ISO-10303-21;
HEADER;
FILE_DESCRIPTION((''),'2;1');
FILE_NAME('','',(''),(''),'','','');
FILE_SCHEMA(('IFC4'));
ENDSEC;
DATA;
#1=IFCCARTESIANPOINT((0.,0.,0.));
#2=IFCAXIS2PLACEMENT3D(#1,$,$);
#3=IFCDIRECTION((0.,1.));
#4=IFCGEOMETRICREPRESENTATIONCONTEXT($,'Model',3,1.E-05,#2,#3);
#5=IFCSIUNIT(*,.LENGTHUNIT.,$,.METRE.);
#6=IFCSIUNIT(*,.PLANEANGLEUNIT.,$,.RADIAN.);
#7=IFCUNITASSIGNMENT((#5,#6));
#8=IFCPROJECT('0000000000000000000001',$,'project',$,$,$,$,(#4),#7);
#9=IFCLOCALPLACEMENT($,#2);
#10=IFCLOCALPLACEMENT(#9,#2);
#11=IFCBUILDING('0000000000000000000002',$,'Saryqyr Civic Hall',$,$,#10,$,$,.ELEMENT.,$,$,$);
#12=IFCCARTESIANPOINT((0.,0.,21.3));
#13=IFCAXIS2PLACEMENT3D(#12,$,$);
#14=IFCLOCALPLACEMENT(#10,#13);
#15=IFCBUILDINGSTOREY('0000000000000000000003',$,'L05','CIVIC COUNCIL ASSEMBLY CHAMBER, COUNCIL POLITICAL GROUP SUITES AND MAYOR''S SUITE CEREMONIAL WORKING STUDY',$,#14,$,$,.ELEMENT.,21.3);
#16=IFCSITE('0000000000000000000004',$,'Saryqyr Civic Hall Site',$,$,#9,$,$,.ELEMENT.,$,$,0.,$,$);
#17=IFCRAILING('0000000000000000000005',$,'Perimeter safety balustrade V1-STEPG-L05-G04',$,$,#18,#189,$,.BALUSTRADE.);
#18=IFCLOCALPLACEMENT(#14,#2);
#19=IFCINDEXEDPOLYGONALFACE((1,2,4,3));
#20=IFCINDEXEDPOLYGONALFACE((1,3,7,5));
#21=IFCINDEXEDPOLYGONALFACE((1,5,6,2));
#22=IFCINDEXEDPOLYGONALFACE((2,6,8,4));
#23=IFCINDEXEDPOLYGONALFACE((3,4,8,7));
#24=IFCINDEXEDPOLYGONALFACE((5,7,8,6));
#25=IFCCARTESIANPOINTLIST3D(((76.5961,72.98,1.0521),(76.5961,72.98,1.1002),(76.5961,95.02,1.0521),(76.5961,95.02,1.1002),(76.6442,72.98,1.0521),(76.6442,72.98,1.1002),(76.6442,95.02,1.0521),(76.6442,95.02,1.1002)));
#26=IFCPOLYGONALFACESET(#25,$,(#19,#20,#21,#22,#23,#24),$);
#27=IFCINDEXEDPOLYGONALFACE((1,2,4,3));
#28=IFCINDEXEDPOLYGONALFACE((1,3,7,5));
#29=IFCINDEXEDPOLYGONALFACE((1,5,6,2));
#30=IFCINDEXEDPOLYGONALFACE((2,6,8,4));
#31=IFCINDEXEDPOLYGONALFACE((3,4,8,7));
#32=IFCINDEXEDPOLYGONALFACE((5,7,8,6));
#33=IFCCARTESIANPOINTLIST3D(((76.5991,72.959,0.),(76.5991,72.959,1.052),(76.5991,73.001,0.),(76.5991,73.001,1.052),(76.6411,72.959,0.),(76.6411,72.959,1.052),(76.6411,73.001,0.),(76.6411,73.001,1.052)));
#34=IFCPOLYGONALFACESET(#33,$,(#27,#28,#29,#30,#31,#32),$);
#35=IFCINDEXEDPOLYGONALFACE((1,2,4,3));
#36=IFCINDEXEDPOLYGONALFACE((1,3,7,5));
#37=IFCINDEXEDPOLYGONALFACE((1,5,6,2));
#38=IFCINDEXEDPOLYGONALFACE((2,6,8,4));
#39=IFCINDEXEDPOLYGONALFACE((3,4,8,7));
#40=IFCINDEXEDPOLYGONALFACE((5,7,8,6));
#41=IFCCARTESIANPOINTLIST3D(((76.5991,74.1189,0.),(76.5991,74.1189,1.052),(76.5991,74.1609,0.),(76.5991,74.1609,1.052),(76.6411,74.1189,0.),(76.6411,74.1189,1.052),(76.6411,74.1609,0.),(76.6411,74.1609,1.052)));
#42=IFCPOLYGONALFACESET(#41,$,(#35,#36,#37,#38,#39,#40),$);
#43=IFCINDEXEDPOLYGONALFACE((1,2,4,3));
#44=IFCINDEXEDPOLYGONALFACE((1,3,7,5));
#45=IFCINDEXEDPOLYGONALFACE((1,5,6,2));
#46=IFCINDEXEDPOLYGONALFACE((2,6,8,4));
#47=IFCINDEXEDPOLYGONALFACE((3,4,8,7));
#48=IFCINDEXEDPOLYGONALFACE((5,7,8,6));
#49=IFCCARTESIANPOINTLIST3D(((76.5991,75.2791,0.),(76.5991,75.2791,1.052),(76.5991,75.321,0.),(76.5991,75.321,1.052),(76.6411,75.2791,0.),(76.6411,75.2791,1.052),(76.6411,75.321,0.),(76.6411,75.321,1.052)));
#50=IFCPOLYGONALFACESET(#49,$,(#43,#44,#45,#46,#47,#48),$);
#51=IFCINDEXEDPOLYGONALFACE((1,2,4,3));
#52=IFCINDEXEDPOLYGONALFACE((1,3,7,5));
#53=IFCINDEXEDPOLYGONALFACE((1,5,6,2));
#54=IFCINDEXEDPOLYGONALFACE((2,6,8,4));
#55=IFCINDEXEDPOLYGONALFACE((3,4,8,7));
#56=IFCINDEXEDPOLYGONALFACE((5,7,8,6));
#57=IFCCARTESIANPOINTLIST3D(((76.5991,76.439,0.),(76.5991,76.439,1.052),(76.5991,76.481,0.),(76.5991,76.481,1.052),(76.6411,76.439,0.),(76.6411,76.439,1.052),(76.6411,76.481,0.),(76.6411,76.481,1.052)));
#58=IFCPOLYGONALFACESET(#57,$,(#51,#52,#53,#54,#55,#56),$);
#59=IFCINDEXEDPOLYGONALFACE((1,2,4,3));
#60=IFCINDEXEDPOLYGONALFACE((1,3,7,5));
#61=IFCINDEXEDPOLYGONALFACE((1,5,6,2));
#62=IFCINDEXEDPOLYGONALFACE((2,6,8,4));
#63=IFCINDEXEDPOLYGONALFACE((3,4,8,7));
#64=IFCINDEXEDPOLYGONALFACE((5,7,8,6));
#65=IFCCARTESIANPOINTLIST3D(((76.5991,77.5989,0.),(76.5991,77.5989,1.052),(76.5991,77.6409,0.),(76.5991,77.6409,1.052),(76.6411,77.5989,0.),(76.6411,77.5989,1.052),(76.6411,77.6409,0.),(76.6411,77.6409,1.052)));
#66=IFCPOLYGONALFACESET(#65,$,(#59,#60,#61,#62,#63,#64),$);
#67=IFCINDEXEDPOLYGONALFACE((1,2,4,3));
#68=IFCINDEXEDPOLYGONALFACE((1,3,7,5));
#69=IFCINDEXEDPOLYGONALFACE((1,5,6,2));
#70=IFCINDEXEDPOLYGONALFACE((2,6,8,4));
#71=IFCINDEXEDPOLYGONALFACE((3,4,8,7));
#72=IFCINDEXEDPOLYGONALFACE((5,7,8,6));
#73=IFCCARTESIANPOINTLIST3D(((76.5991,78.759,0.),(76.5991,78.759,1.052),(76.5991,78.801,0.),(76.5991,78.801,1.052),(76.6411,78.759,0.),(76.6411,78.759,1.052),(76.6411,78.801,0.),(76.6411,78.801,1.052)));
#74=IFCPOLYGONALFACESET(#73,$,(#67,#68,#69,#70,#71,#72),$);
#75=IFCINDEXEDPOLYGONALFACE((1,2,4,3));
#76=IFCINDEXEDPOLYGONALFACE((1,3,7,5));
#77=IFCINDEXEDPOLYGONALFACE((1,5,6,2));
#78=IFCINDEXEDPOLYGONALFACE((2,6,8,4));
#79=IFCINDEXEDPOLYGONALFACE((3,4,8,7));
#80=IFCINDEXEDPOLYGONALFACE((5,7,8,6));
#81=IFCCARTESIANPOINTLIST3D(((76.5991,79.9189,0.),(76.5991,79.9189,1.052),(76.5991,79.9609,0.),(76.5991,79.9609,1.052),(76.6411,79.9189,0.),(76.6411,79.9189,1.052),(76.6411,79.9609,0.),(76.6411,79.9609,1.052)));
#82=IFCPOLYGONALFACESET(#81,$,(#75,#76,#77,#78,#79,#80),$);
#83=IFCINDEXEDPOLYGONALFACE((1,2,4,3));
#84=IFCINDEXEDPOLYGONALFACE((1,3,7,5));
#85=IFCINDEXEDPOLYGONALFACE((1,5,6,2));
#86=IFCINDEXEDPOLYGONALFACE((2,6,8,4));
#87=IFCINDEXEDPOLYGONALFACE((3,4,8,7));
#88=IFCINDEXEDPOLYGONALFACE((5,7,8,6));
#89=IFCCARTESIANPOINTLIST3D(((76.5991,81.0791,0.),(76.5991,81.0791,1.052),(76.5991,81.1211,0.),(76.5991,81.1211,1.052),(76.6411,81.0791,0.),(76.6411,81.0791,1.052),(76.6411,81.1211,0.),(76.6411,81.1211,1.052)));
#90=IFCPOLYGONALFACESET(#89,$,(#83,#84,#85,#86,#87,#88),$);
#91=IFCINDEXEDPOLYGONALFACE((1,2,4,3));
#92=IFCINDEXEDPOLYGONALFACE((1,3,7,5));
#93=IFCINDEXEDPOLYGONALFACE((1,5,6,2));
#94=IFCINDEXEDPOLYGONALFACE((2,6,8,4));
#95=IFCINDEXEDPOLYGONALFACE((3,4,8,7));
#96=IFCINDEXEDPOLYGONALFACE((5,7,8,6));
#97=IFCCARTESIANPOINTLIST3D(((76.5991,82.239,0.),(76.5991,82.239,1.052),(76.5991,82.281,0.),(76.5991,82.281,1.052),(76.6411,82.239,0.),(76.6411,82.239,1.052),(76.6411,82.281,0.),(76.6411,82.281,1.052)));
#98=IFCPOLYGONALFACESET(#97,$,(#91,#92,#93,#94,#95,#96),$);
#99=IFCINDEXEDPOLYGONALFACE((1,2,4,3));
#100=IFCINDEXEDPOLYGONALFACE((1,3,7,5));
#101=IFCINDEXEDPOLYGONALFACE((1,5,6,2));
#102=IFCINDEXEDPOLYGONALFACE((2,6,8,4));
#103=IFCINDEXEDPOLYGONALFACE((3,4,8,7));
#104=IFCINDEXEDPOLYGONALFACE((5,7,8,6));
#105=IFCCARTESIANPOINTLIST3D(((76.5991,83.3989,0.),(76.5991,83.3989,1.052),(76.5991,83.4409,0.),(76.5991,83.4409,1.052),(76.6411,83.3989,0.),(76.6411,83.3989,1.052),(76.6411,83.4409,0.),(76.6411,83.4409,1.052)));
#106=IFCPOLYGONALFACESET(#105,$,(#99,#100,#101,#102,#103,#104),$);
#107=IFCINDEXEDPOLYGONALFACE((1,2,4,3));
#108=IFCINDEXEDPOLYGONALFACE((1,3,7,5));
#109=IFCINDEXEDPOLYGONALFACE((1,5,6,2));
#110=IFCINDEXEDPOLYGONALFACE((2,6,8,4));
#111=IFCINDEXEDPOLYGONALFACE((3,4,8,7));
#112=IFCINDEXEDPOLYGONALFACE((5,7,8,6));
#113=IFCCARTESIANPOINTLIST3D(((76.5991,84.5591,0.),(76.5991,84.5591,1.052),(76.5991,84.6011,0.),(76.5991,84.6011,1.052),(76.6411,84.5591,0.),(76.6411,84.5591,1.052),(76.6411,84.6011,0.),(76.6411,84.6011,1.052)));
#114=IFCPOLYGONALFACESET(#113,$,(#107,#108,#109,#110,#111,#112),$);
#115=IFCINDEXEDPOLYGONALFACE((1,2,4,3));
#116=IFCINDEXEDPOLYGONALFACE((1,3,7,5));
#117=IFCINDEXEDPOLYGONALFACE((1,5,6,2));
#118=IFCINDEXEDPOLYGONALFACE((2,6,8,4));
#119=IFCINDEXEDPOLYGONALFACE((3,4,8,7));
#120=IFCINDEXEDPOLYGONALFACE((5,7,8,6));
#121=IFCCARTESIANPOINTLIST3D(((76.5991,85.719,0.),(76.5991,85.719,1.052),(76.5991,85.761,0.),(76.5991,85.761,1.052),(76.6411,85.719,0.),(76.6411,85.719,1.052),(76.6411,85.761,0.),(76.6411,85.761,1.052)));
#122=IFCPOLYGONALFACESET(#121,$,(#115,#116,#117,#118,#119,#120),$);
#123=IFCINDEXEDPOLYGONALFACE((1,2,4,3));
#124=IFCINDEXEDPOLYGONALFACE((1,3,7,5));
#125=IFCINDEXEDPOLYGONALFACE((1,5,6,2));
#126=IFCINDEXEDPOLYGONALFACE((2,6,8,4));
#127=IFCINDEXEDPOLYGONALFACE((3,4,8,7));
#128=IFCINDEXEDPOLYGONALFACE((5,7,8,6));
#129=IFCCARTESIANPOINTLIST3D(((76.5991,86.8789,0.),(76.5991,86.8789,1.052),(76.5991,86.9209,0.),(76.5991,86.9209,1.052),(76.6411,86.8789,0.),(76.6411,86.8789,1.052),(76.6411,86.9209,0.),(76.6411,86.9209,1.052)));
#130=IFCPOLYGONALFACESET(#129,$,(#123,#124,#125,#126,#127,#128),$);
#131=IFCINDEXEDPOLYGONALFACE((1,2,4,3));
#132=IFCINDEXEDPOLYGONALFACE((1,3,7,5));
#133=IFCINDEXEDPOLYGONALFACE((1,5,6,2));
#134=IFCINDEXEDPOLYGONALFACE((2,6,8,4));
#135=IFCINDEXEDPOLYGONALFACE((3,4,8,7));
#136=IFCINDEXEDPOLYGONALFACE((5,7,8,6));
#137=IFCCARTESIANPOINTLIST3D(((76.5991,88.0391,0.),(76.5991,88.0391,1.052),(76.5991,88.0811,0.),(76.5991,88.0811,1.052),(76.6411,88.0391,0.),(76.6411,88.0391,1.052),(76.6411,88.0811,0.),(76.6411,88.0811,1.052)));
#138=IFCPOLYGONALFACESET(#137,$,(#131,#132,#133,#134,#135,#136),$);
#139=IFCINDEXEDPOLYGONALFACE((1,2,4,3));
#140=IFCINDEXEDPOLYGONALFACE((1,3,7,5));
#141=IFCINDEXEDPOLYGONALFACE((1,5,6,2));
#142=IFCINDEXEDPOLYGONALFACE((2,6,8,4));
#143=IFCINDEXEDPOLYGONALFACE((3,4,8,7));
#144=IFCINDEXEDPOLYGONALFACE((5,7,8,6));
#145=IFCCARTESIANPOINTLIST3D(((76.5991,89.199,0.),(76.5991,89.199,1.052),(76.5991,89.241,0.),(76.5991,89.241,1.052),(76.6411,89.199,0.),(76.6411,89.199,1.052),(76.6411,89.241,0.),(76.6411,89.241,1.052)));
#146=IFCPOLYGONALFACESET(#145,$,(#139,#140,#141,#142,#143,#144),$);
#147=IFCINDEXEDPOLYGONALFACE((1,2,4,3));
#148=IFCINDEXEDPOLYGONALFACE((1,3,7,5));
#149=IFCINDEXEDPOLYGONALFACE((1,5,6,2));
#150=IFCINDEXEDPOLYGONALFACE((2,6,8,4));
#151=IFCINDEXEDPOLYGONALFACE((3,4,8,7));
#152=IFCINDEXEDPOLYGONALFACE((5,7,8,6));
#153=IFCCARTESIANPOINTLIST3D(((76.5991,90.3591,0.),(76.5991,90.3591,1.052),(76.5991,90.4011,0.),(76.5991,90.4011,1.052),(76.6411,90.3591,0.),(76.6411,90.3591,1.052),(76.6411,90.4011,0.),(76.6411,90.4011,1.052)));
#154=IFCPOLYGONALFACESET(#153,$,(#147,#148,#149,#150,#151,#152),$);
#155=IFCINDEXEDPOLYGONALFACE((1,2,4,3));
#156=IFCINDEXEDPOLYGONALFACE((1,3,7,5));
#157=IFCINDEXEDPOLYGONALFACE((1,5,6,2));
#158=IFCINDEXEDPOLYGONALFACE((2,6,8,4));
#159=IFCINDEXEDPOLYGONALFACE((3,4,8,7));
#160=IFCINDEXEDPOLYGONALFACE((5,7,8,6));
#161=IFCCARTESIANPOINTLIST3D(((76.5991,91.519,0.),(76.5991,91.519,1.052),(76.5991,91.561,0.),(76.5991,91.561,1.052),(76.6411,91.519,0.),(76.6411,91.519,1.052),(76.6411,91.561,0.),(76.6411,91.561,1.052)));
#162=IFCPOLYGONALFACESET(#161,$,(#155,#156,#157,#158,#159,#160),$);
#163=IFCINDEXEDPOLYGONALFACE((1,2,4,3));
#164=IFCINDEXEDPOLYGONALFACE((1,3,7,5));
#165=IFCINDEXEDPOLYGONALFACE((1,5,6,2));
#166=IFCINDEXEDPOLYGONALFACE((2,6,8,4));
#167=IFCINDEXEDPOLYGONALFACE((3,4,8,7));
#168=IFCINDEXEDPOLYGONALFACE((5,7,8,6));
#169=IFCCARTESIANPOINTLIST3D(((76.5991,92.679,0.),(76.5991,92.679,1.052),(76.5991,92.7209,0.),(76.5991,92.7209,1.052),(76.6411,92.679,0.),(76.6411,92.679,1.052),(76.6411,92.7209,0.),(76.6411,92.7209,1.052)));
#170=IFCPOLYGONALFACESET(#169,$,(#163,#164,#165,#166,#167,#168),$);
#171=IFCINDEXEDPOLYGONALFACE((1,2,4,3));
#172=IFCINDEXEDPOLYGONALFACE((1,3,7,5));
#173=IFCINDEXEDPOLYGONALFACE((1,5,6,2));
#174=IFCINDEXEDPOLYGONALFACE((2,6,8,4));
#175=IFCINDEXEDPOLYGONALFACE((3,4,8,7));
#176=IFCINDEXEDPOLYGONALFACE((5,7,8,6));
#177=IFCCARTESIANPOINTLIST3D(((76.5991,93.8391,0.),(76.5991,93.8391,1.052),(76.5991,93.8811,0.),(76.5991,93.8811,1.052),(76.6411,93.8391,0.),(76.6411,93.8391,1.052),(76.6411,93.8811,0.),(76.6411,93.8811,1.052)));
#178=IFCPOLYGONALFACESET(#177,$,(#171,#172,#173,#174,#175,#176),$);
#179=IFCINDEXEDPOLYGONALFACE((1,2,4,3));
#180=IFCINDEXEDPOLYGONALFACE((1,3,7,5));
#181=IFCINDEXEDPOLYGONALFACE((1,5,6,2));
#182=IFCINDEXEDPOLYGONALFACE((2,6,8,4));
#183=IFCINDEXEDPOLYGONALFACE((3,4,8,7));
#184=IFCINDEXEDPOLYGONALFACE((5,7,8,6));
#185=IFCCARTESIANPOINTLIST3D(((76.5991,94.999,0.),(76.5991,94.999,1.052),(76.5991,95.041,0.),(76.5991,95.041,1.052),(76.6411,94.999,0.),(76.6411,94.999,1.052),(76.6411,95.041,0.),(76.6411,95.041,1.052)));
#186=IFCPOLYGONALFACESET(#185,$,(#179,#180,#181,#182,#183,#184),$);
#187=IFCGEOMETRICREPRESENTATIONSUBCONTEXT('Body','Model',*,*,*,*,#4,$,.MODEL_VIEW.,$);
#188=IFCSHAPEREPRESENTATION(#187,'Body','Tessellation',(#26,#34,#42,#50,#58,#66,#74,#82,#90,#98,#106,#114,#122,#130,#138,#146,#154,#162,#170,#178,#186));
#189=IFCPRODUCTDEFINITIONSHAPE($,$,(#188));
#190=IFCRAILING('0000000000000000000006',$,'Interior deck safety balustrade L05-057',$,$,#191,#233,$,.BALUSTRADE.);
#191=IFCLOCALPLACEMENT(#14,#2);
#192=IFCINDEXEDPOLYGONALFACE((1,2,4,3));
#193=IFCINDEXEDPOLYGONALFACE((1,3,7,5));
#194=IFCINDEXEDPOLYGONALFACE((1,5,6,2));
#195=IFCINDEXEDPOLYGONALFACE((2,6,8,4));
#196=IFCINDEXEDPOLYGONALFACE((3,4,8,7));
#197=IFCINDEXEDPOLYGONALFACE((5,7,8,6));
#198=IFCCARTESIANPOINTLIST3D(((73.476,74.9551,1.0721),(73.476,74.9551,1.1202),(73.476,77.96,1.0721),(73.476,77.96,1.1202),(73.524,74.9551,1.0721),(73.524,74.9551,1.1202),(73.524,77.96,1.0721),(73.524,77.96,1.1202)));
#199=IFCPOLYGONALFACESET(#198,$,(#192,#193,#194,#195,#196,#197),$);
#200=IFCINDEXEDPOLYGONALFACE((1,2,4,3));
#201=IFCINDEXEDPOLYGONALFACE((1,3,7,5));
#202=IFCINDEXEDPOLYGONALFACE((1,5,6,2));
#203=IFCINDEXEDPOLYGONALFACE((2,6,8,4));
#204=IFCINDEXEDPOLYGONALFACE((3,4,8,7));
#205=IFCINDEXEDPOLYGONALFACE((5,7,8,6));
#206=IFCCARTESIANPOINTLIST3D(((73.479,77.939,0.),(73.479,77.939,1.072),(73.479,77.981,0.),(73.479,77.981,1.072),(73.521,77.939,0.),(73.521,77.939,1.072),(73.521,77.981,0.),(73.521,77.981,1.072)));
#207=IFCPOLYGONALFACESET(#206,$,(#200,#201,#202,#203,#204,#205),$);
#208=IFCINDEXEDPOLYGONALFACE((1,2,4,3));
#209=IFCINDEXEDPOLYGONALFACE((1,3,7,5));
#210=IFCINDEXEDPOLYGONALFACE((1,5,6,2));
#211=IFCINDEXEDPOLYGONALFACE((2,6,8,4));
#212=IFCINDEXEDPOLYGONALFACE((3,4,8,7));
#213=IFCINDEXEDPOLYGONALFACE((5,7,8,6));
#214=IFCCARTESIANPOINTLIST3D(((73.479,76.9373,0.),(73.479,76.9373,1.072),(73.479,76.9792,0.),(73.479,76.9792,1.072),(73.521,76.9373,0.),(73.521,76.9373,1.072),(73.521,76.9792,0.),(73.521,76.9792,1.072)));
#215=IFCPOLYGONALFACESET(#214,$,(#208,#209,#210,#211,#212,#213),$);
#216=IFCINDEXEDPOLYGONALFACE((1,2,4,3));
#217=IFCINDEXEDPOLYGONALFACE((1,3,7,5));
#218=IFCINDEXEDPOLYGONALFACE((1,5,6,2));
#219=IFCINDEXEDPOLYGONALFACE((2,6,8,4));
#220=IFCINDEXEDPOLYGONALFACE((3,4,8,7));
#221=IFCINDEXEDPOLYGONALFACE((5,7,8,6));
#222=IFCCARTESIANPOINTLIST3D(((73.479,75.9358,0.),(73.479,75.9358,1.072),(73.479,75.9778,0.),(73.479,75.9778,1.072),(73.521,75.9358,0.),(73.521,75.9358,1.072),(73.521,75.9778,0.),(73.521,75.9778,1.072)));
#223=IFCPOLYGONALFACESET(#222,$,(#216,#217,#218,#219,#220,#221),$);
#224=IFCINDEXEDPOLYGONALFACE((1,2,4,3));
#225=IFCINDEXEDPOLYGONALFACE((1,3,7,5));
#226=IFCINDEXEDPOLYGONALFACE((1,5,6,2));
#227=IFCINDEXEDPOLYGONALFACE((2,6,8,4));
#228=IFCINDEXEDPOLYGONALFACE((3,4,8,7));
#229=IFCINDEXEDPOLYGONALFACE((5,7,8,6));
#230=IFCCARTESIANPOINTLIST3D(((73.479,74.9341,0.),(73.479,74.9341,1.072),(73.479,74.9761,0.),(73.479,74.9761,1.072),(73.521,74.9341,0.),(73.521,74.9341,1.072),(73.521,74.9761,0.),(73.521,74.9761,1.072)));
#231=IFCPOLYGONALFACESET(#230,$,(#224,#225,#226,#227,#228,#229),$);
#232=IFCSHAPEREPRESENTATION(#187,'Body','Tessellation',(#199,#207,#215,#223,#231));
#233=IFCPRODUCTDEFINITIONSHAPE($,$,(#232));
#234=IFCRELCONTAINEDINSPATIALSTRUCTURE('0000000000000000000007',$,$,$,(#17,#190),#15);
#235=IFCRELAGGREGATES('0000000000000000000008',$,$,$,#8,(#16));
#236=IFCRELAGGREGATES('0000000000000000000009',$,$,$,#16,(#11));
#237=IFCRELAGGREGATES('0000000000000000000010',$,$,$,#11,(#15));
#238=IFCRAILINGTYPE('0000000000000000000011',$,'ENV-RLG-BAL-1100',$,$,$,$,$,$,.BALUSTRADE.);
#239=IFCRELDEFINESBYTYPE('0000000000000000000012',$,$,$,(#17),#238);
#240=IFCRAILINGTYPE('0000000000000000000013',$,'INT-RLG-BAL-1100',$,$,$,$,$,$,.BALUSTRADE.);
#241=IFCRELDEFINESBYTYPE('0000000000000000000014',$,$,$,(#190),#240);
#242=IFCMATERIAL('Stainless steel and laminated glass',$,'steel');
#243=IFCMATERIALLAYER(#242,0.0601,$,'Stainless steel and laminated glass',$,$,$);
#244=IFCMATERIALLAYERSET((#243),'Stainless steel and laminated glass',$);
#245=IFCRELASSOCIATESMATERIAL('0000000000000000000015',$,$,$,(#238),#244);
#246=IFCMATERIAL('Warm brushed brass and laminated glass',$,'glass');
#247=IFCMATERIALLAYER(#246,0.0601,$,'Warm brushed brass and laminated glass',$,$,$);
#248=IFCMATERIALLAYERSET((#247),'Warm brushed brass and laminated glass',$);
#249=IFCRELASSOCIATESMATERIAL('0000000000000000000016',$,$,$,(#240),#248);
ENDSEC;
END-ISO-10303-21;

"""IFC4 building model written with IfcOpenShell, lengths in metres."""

from ifc_helpers import new_model, si_unit, direction, frame, origin, origin_2d, place, context, subcontext, project, spatial, rectangle, extrude, material, layer, layer_set, type_object, element, save


model = new_model("IFC4")

# Units and contexts
model_context = context("Model", 3, precision=1e-05, world=origin(), true_north=direction((0.0, 1.0)))
body_context = subcontext(model_context, "Body", "Model", "MODEL_VIEW")
ifc_project = project(units=[si_unit("LENGTHUNIT", "METRE"), si_unit("PLANEANGLEUNIT", "RADIAN")], contexts=[model_context])

# Site, building, storey
site_placement = place(None, origin())
site = spatial("IfcSite", under=ifc_project, at=site_placement, Name="Saryqyr Civic Hall Site", CompositionType="ELEMENT", RefElevation=0.0)
building_placement = place(site_placement, origin())
building = spatial("IfcBuilding", under=site, at=building_placement, Name="Saryqyr Civic Hall", CompositionType="ELEMENT")
storey_placement = place(building_placement, frame((0.0, 0.0, 21.3)))
storey = spatial("IfcBuildingStorey", under=building, at=storey_placement, Name="L05", Description="CIVIC COUNCIL ASSEMBLY CHAMBER, COUNCIL POLITICAL GROUP SUITES AND MAYOR'S SUITE CEREMONIAL WORKING STUDY", CompositionType="ELEMENT", Elevation=21.3)

# Railings
ifc_material_1 = material(Name="Stainless steel and laminated glass", Category="steel")
ifc_layer_1 = layer(ifc_material_1, 0.0601, Name="Stainless steel and laminated glass")
ifc_layer_set_1 = layer_set([ifc_layer_1], Name="Stainless steel and laminated glass")
railing_type_1 = type_object("IfcRailingType", Name="ENV-RLG-BAL-1100", PredefinedType="BALUSTRADE", material=ifc_layer_set_1)
railing_1_placement = place(storey_placement, frame((76.6201, 72.98, 0.0)))
element("IfcRailing", 1, at=railing_1_placement, inside=storey, type_object=railing_type_1, Name="Perimeter safety balustrade V1-STEPG-L05-G04", PredefinedType="BALUSTRADE", context=body_context, shape_type="SweptSolid", body=[
    extrude(rectangle(XDim=0.0481, YDim=0.0481, at=origin_2d()), frame((0.0, 0.0, 1.0762), z_axis=(0.0, 1.0, 0.0), x_axis=(-1.0, 0.0, 0.0)), (0.0, 0.0, 1.0), 22.04),
    extrude(rectangle(XDim=0.042, YDim=0.042, at=origin_2d()), origin(), (0.0, 0.0, 1.0), 1.052),
    extrude(rectangle(XDim=0.042, YDim=0.042, at=origin_2d()), frame((0.0, 1.1599, 0.0)), (0.0, 0.0, 1.0), 1.052),
    extrude(rectangle(XDim=0.042, YDim=0.042, at=origin_2d()), frame((0.0, 2.3201, 0.0)), (0.0, 0.0, 1.0), 1.052),
    extrude(rectangle(XDim=0.042, YDim=0.042, at=origin_2d()), frame((0.0, 3.48, 0.0)), (0.0, 0.0, 1.0), 1.052),
    extrude(rectangle(XDim=0.042, YDim=0.042, at=origin_2d()), frame((0.0, 4.6399, 0.0)), (0.0, 0.0, 1.0), 1.052),
    extrude(rectangle(XDim=0.042, YDim=0.042, at=origin_2d()), frame((0.0, 5.8, 0.0)), (0.0, 0.0, 1.0), 1.052),
    extrude(rectangle(XDim=0.042, YDim=0.042, at=origin_2d()), frame((0.0, 6.96, 0.0)), (0.0, 0.0, 1.0), 1.052),
    extrude(rectangle(XDim=0.042, YDim=0.042, at=origin_2d()), frame((0.0, 8.1201, 0.0)), (0.0, 0.0, 1.0), 1.052),
    extrude(rectangle(XDim=0.042, YDim=0.042, at=origin_2d()), frame((0.0, 9.28, 0.0)), (0.0, 0.0, 1.0), 1.052),
    extrude(rectangle(XDim=0.042, YDim=0.042, at=origin_2d()), frame((0.0, 10.4399, 0.0)), (0.0, 0.0, 1.0), 1.052),
    extrude(rectangle(XDim=0.042, YDim=0.042, at=origin_2d()), frame((0.0, 11.6001, 0.0)), (0.0, 0.0, 1.0), 1.052),
    extrude(rectangle(XDim=0.042, YDim=0.042, at=origin_2d()), frame((0.0, 12.76, 0.0)), (0.0, 0.0, 1.0), 1.052),
    extrude(rectangle(XDim=0.042, YDim=0.042, at=origin_2d()), frame((0.0, 13.9199, 0.0)), (0.0, 0.0, 1.0), 1.052),
    extrude(rectangle(XDim=0.042, YDim=0.042, at=origin_2d()), frame((0.0, 15.0801, 0.0)), (0.0, 0.0, 1.0), 1.052),
    extrude(rectangle(XDim=0.042, YDim=0.042, at=origin_2d()), frame((0.0, 16.24, 0.0)), (0.0, 0.0, 1.0), 1.052),
    extrude(rectangle(XDim=0.042, YDim=0.042, at=origin_2d()), frame((0.0, 17.4001, 0.0)), (0.0, 0.0, 1.0), 1.052),
    extrude(rectangle(XDim=0.042, YDim=0.042, at=origin_2d()), frame((0.0, 18.5601, 0.0)), (0.0, 0.0, 1.0), 1.052),
    extrude(rectangle(XDim=0.042, YDim=0.042, at=origin_2d()), frame((0.0, 19.72, 0.0)), (0.0, 0.0, 1.0), 1.052),
    extrude(rectangle(XDim=0.042, YDim=0.042, at=origin_2d()), frame((0.0, 20.8801, 0.0)), (0.0, 0.0, 1.0), 1.052),
    extrude(rectangle(XDim=0.042, YDim=0.042, at=origin_2d()), frame((0.0, 22.04, 0.0)), (0.0, 0.0, 1.0), 1.052),
])
ifc_material_2 = material(Name="Warm brushed brass and laminated glass", Category="glass")
ifc_layer_2 = layer(ifc_material_2, 0.0601, Name="Warm brushed brass and laminated glass")
ifc_layer_set_2 = layer_set([ifc_layer_2], Name="Warm brushed brass and laminated glass")
railing_type_2 = type_object("IfcRailingType", Name="INT-RLG-BAL-1100", PredefinedType="BALUSTRADE", material=ifc_layer_set_2)
railing_2_placement = place(storey_placement, frame((73.5, 77.96, 0.0)))
element("IfcRailing", 2, at=railing_2_placement, inside=storey, type_object=railing_type_2, Name="Interior deck safety balustrade L05-057", PredefinedType="BALUSTRADE", context=body_context, shape_type="SweptSolid", body=[
    extrude(rectangle(XDim=0.0481, YDim=0.0481, at=origin_2d()), frame((0.0, 0.0, 1.0962), z_axis=(0.0, -1.0, 0.0), x_axis=(1.0, 0.0, 0.0)), (0.0, 0.0, 1.0), 3.0049),
    extrude(rectangle(XDim=0.042, YDim=0.042, at=origin_2d()), origin(), (0.0, 0.0, 1.0), 1.072),
    extrude(rectangle(XDim=0.042, YDim=0.042, at=origin_2d()), frame((0.0, -1.0017, 0.0)), (0.0, 0.0, 1.0), 1.072),
    extrude(rectangle(XDim=0.042, YDim=0.042, at=origin_2d()), frame((0.0, -2.0032, 0.0)), (0.0, 0.0, 1.0), 1.072),
    extrude(rectangle(XDim=0.042, YDim=0.042, at=origin_2d()), frame((0.0, -3.0049, 0.0)), (0.0, 0.0, 1.0), 1.072),
])

save(model, "model.ifc")
